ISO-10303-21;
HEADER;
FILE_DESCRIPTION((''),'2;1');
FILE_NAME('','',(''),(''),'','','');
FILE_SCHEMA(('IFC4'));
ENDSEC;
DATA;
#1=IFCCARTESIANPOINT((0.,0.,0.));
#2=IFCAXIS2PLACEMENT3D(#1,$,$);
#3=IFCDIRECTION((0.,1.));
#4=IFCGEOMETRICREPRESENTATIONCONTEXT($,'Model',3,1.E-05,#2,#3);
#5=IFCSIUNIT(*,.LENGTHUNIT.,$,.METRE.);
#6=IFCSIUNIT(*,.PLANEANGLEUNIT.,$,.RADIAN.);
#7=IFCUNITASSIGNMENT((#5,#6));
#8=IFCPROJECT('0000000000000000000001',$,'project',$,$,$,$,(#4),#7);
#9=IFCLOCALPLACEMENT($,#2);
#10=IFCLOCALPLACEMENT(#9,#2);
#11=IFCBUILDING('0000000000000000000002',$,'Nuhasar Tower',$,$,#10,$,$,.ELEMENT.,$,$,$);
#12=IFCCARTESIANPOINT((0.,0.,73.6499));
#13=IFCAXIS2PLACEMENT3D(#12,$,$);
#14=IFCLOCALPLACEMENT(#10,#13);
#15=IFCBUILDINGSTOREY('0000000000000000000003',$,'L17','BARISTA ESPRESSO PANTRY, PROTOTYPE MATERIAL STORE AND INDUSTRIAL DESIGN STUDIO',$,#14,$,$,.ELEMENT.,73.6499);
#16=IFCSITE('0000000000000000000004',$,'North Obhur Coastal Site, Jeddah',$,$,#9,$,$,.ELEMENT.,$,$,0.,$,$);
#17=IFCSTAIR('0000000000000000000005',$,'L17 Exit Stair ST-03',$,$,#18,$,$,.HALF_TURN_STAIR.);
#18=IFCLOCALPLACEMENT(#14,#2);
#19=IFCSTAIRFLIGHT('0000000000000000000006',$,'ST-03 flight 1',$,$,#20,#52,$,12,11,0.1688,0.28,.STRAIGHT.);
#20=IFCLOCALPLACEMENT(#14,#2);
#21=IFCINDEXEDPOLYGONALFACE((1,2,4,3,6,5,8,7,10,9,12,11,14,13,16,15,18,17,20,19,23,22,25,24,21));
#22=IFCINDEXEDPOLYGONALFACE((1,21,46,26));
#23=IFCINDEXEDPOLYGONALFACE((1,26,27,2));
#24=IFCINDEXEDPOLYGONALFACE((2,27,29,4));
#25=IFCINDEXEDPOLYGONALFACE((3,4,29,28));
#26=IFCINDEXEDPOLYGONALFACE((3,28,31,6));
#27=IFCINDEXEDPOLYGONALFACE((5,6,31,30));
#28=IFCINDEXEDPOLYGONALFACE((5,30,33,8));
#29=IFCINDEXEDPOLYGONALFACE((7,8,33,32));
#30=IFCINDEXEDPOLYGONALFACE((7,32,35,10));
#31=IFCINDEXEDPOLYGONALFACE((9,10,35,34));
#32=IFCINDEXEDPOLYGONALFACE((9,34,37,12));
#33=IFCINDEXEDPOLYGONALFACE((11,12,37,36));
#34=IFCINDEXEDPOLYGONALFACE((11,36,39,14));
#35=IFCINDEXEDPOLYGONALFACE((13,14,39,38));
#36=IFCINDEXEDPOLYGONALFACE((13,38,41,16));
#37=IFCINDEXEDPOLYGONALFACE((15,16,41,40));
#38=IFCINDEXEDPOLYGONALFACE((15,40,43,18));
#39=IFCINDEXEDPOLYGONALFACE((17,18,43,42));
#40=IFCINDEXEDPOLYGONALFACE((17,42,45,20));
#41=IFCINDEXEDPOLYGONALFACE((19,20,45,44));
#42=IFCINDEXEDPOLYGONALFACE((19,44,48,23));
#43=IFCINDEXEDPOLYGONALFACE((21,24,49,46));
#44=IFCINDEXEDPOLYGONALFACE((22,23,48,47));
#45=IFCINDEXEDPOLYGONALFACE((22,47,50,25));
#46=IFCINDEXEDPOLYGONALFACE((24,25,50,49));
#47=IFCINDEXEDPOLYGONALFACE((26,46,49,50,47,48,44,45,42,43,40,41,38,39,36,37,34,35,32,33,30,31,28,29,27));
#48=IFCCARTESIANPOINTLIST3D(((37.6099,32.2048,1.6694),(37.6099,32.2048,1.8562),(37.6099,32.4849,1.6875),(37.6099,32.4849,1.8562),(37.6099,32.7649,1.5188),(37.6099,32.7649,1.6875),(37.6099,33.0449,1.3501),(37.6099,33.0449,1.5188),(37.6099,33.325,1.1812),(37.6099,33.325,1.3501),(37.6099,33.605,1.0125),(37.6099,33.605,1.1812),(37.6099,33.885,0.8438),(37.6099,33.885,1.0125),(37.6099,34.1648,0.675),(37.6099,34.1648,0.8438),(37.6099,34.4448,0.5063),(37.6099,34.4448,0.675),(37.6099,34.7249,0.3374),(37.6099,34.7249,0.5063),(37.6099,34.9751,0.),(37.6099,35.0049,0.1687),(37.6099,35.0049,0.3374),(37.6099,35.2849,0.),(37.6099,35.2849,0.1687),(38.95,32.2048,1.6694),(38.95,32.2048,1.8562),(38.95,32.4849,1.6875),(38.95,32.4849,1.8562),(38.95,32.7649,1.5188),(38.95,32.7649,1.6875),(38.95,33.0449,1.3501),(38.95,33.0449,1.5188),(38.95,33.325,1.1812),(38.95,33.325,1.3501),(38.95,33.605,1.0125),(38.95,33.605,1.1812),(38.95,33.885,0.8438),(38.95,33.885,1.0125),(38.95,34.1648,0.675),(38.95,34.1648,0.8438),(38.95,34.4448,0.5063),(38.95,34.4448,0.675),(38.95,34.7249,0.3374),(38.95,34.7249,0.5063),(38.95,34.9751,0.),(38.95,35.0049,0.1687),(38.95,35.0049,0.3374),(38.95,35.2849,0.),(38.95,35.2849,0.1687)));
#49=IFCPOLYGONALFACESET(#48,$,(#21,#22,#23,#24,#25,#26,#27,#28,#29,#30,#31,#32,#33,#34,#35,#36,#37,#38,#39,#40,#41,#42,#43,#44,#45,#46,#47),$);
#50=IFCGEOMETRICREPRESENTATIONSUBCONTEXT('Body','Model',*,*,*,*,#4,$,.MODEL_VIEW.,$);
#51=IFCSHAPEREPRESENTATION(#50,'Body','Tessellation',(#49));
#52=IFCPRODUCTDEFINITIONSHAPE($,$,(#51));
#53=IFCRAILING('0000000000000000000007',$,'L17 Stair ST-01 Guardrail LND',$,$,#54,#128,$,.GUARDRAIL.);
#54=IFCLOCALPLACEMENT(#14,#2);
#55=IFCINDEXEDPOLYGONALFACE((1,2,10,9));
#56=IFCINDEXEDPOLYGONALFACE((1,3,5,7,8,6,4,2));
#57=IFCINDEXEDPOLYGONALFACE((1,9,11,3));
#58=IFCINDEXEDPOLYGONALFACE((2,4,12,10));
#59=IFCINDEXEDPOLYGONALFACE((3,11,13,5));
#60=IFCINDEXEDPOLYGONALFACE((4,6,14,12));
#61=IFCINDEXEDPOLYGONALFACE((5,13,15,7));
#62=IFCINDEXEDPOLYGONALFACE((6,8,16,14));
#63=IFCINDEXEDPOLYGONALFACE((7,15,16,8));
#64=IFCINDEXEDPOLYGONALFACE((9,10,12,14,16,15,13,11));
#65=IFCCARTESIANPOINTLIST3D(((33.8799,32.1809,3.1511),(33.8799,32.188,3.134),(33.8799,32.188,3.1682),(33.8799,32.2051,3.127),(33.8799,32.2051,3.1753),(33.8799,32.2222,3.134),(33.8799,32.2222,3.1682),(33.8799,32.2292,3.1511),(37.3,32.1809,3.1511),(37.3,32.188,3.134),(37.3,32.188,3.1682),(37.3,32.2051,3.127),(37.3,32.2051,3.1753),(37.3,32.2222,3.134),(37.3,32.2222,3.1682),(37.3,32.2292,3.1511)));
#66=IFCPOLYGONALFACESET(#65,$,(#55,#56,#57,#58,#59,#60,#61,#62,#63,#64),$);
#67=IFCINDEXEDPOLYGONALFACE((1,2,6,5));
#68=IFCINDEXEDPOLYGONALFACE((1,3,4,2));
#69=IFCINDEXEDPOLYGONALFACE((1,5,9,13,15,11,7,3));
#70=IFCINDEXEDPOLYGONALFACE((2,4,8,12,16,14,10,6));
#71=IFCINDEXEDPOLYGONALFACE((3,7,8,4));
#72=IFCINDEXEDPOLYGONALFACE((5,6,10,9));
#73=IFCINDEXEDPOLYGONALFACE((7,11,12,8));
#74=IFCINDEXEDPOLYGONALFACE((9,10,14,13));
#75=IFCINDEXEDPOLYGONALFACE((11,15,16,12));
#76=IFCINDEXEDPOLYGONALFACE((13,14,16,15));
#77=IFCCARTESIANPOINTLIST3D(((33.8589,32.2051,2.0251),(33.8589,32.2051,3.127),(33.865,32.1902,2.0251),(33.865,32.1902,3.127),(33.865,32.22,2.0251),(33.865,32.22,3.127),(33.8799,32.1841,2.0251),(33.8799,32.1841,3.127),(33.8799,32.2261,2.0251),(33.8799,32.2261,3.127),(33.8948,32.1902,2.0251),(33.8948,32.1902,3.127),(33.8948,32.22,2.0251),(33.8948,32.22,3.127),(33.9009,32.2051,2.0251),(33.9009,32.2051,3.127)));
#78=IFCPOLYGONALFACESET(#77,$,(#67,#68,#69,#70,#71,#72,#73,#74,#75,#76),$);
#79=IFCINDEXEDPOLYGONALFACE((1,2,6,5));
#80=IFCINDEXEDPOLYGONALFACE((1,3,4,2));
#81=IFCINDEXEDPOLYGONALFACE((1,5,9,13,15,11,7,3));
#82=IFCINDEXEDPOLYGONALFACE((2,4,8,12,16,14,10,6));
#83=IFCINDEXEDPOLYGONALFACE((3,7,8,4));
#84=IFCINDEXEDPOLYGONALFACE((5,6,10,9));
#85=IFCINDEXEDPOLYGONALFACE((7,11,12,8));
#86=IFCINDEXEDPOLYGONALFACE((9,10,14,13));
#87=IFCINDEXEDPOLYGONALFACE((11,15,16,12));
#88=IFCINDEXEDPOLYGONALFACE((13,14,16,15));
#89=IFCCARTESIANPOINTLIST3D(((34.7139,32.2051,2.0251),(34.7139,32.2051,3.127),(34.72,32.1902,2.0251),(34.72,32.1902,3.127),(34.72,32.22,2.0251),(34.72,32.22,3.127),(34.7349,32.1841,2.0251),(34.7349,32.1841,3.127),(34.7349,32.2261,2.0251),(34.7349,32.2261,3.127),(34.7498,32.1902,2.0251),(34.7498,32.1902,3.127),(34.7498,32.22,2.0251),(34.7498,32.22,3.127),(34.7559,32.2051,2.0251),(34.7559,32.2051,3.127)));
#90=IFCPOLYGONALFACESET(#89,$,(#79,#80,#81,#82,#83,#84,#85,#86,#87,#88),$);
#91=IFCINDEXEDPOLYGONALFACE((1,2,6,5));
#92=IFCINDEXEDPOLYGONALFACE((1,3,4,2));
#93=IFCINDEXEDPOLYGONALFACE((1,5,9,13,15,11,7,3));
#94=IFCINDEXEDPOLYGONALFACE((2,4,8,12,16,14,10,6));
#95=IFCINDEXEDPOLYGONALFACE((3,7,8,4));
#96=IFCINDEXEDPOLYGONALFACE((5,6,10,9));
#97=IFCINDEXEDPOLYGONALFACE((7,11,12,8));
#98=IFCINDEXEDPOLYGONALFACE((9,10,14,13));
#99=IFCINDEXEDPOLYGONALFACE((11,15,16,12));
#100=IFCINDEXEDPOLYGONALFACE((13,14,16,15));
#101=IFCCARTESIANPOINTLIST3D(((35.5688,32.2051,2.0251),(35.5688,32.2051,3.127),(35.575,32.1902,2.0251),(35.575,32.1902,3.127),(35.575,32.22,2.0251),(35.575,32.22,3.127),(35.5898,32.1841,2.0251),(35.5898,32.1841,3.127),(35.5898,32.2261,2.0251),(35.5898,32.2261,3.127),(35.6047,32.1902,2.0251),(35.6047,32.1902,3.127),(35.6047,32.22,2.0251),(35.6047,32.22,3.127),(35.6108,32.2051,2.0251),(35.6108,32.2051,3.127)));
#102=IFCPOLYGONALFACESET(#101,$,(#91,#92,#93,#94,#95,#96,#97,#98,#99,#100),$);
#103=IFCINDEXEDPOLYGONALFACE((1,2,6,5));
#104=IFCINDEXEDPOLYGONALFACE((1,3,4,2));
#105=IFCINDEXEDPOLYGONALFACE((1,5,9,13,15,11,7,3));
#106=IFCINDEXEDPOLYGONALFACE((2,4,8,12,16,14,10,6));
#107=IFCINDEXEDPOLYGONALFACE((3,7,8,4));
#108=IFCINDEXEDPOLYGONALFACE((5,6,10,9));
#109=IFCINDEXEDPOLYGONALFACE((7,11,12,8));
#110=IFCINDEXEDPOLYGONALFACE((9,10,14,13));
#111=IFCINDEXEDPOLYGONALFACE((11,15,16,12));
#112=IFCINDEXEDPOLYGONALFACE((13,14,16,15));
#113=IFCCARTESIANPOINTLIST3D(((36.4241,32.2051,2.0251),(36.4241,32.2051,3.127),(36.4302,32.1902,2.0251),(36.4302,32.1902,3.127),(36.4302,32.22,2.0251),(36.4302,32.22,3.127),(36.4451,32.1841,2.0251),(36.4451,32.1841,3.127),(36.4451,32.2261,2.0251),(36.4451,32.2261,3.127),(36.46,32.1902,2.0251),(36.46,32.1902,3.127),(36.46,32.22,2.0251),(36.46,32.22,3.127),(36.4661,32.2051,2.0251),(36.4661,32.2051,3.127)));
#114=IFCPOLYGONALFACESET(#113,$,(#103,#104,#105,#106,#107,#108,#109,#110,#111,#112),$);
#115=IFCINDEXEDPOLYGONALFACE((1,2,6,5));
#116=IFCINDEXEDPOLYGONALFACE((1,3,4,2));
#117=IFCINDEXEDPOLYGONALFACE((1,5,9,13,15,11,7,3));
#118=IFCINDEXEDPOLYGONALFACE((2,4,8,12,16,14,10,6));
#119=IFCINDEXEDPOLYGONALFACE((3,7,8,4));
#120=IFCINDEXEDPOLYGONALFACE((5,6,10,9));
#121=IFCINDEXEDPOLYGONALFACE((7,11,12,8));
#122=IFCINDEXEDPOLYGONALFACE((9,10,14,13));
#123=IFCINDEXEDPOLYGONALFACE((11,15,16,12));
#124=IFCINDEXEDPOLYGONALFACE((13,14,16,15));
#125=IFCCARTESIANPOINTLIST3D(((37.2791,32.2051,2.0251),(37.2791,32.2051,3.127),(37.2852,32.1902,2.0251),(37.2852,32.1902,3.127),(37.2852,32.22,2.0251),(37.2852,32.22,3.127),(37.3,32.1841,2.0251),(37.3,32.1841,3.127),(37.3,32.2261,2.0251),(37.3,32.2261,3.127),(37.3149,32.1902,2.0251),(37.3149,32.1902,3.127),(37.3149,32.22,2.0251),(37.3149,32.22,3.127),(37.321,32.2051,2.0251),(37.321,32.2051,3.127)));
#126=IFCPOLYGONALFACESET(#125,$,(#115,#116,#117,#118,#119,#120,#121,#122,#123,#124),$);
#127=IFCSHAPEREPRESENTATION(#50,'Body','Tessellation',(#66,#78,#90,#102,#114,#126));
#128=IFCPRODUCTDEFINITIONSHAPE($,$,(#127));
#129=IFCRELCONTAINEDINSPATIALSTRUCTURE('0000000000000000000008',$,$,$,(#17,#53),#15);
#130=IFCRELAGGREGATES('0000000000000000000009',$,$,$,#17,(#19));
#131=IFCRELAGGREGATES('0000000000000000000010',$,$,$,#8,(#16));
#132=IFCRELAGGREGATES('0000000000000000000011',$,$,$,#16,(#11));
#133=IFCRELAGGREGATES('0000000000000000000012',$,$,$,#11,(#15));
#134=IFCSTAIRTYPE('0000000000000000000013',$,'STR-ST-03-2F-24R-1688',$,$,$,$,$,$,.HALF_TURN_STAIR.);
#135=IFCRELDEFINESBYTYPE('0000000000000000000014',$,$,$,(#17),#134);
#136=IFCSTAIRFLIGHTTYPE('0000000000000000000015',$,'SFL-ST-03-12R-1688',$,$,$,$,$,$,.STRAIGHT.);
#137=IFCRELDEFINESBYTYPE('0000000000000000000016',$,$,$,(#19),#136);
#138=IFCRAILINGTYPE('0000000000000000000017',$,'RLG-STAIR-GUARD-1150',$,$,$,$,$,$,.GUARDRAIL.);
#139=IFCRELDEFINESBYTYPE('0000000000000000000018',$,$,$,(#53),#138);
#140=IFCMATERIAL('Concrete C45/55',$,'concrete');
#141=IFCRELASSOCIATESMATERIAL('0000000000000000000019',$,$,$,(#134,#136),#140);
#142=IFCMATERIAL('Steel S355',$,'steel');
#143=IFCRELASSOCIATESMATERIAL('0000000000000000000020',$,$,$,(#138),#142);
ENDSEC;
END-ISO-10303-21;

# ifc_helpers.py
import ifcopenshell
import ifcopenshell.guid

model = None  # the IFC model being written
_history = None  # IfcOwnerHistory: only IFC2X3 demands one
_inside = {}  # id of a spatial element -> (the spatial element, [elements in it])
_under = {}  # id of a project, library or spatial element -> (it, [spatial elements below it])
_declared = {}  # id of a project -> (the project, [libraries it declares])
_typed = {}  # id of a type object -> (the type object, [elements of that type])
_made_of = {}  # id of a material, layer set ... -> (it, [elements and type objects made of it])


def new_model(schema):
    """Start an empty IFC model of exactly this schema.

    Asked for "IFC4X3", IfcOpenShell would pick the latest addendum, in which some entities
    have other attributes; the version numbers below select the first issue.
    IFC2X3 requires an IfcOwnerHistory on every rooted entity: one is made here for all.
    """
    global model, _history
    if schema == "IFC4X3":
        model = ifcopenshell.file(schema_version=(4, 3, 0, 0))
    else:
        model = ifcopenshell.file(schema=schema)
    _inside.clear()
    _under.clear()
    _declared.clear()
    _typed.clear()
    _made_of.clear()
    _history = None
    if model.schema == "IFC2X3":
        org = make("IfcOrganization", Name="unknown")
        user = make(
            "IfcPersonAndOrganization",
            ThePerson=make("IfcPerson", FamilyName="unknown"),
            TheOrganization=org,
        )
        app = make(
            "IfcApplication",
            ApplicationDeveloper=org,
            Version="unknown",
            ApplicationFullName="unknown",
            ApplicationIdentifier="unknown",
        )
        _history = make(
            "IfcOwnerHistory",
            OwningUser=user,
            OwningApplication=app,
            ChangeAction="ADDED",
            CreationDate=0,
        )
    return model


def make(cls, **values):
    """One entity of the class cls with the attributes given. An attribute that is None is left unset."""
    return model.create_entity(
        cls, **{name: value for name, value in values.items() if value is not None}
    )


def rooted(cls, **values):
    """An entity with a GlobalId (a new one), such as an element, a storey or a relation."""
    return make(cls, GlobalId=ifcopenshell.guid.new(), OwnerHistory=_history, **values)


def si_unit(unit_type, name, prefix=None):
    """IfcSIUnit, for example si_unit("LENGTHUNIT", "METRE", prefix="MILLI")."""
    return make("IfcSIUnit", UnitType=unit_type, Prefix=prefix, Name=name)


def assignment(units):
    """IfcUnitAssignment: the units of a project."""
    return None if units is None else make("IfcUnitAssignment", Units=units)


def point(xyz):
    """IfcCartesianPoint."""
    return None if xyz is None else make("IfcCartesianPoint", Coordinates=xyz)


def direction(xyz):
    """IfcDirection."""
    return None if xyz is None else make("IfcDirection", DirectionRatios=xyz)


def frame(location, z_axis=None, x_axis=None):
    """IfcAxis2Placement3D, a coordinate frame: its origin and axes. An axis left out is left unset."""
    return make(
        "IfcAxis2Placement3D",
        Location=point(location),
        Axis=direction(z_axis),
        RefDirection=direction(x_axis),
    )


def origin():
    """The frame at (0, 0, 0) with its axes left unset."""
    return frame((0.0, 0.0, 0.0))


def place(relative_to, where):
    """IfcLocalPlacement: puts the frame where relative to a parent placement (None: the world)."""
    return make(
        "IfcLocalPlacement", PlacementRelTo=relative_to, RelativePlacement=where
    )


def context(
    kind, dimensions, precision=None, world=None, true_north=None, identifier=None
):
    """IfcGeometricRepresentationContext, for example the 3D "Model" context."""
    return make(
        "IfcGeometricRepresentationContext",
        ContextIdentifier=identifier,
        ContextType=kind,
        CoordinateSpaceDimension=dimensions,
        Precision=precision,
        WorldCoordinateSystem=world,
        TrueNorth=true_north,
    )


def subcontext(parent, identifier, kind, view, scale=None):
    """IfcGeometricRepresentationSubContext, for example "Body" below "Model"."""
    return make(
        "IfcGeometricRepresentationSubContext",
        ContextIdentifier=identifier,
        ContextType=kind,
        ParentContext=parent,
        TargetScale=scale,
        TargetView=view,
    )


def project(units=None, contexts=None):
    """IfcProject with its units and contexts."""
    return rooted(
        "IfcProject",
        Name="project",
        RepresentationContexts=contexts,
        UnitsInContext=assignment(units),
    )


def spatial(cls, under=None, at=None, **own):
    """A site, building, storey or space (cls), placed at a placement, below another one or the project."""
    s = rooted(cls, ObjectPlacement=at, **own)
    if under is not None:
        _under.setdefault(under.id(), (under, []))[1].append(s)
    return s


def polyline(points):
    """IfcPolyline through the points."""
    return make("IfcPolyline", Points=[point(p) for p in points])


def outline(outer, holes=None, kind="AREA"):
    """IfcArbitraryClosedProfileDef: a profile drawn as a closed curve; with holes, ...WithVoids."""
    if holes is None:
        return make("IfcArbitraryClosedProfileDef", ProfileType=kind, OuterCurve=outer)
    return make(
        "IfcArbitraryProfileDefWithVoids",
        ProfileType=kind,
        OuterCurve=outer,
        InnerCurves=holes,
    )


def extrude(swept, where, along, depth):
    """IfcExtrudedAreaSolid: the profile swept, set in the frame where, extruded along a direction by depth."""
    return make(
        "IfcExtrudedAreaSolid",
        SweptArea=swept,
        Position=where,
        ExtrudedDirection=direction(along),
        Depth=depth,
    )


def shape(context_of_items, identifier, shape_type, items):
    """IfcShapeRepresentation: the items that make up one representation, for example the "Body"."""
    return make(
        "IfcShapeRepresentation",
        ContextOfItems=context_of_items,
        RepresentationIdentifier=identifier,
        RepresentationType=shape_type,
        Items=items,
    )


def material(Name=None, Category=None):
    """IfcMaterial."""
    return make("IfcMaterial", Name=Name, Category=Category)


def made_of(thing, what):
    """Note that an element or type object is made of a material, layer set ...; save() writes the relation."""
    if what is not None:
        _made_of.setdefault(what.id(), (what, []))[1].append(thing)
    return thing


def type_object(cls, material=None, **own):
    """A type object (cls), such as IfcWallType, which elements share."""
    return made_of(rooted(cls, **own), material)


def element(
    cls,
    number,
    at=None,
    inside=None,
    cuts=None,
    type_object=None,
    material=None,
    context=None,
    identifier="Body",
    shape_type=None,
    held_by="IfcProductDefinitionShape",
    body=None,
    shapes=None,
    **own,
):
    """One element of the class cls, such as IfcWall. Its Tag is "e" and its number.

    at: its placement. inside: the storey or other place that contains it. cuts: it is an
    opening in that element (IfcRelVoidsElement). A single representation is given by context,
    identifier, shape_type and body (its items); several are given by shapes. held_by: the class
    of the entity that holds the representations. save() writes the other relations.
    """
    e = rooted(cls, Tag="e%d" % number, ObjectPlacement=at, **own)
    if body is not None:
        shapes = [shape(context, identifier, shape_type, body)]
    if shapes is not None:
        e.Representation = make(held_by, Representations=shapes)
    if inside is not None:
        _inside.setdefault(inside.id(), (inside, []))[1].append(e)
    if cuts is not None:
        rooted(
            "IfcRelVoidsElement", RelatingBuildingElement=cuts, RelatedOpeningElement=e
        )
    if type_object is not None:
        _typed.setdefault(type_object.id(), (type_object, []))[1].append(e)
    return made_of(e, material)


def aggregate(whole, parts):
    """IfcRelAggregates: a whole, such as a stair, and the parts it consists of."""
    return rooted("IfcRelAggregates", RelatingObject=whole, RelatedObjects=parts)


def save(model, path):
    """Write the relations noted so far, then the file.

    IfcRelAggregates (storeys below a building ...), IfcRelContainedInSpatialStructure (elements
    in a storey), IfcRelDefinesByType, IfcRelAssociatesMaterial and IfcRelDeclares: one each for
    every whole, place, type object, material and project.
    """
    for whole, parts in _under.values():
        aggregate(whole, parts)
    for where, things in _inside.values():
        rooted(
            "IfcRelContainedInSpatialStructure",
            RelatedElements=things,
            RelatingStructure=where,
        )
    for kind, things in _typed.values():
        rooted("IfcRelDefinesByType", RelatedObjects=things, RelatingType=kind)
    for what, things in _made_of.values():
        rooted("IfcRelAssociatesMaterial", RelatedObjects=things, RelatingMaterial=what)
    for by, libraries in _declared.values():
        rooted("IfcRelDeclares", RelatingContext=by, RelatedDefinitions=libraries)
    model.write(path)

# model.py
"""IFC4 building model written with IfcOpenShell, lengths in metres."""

from ifc_helpers import new_model, si_unit, direction, frame, origin, place, context, subcontext, project, spatial, polyline, outline, extrude, material, type_object, element, aggregate, save


model = new_model("IFC4")

# Units and contexts
model_context = context("Model", 3, precision=1e-05, world=origin(), true_north=direction((0.0, 1.0)))
body_context = subcontext(model_context, "Body", "Model", "MODEL_VIEW")
ifc_project = project(units=[si_unit("LENGTHUNIT", "METRE"), si_unit("PLANEANGLEUNIT", "RADIAN")], contexts=[model_context])

# Site, building, storey
site_placement = place(None, origin())
site = spatial("IfcSite", under=ifc_project, at=site_placement, Name="North Obhur Coastal Site, Jeddah", CompositionType="ELEMENT", RefElevation=0.0)
building_placement = place(site_placement, origin())
building = spatial("IfcBuilding", under=site, at=building_placement, Name="Nuhasar Tower", CompositionType="ELEMENT")
storey_placement = place(building_placement, frame((0.0, 0.0, 73.6499)))
storey = spatial("IfcBuildingStorey", under=building, at=storey_placement, Name="L17", Description="BARISTA ESPRESSO PANTRY, PROTOTYPE MATERIAL STORE AND INDUSTRIAL DESIGN STUDIO", CompositionType="ELEMENT", Elevation=73.6499)

# Shared definitions
ifc_material_1 = material(Name="Steel S355", Category="steel")

# Shared definitions
ifc_material_2 = material(Name="Concrete C45/55", Category="concrete")

# Stair, stair flight
stair_type_1 = type_object("IfcStairType", Name="STR-ST-03-2F-24R-1688", PredefinedType="HALF_TURN_STAIR", material=ifc_material_2)
stair_1_placement = place(storey_placement, origin())
stair_1 = element("IfcStair", 1, at=stair_1_placement, inside=storey, type_object=stair_type_1, Name="L17 Exit Stair ST-03", PredefinedType="HALF_TURN_STAIR")
stair_flight_type_1 = type_object("IfcStairFlightType", Name="SFL-ST-03-12R-1688", PredefinedType="STRAIGHT", material=ifc_material_2)
stair_flight_1_placement = place(storey_placement, frame((38.28, 35.2849, 0.0), z_axis=(0.0, 0.0, 1.0), x_axis=(0.0, -1.0, 0.0)))
stair_flight_1 = element("IfcStairFlight", 2, at=stair_flight_1_placement, type_object=stair_flight_type_1, Name="ST-03 flight 1", NumberOfRisers=12, NumberOfTreads=11, PredefinedType="STRAIGHT", RiserHeight=0.1688, TreadLength=0.28, context=body_context, shape_type="SweptSolid", body=[
    extrude(outline(polyline([(0.0, 0.0), (0.0, 0.1687), (0.28, 0.1687), (0.28, 0.3374), (0.5601, 0.3374), (0.5601, 0.5063), (0.8401, 0.5063), (0.8401, 0.675), (1.1201, 0.675), (1.1201, 0.8438), (1.3999, 0.8438), (1.3999, 1.0125), (1.6799, 1.0125), (1.6799, 1.1812), (1.96, 1.1812), (1.96, 1.3501), (2.24, 1.3501), (2.24, 1.5188), (2.52, 1.5188), (2.52, 1.6875), (2.8, 1.6875), (2.8, 1.8562), (3.0801, 1.8562), (3.0801, 2.0249), (3.0801, 1.6694), (0.3098, 0.0), (0.0, 0.0)])), frame((0.0, 0.6699, 0.0), z_axis=(0.0, -1.0, 0.0), x_axis=(1.0, 0.0, 0.0)), (0.0, 0.0, 1.0), 1.3401),
])
aggregate(stair_1, [stair_flight_1])

# Railing
railing_type_1 = type_object("IfcRailingType", Name="RLG-STAIR-GUARD-1150", PredefinedType="GUARDRAIL", material=ifc_material_1)
railing_1_placement = place(storey_placement, frame((33.8799, 32.2051, 2.0251)))
element("IfcRailing", 3, at=railing_1_placement, inside=storey, type_object=railing_type_1, Name="L17 Stair ST-01 Guardrail LND", PredefinedType="GUARDRAIL", context=body_context, shape_type="SweptSolid", body=[
    extrude(outline(polyline([(0.0242, 0.0), (0.0171, 0.0171), (0.0, 0.0242), (-0.0171, 0.0171), (-0.0242, 0.0), (-0.0171, -0.0171), (0.0, -0.0242), (0.0171, -0.0171), (0.0242, 0.0)])), frame((0.0, 0.0, 1.126), z_axis=(1.0, 0.0, 0.0), x_axis=(0.0, 1.0, 0.0)), (0.0, 0.0, 1.0), 3.4202),
    extrude(outline(polyline([(0.021, 0.0), (0.0149, 0.0149), (0.0, 0.021), (-0.0149, 0.0149), (-0.021, 0.0), (-0.0149, -0.0149), (0.0, -0.021), (0.0149, -0.0149), (0.021, 0.0)])), origin(), (0.0, 0.0, 1.0), 1.1018),
    extrude(outline(polyline([(0.021, 0.0), (0.0149, 0.0149), (0.0, 0.021), (-0.0149, 0.0149), (-0.021, 0.0), (-0.0149, -0.0149), (0.0, -0.021), (0.0149, -0.0149), (0.021, 0.0)])), frame((0.855, 0.0, 0.0)), (0.0, 0.0, 1.0), 1.1018),
    extrude(outline(polyline([(0.021, 0.0), (0.0149, 0.0149), (0.0, 0.021), (-0.0149, 0.0149), (-0.021, 0.0), (-0.0149, -0.0149), (0.0, -0.021), (0.0149, -0.0149), (0.021, 0.0)])), frame((1.71, 0.0, 0.0)), (0.0, 0.0, 1.0), 1.1018),
    extrude(outline(polyline([(0.021, 0.0), (0.0149, 0.0149), (0.0, 0.021), (-0.0149, 0.0149), (-0.021, 0.0), (-0.0149, -0.0149), (0.0, -0.021), (0.0149, -0.0149), (0.021, 0.0)])), frame((2.5652, 0.0, 0.0)), (0.0, 0.0, 1.0), 1.1018),
    extrude(outline(polyline([(0.021, 0.0), (0.0149, 0.0149), (0.0, 0.021), (-0.0149, 0.0149), (-0.021, 0.0), (-0.0149, -0.0149), (0.0, -0.021), (0.0149, -0.0149), (0.021, 0.0)])), frame((3.4202, 0.0, 0.0)), (0.0, 0.0, 1.0), 1.1018),
])

save(model, "model.ifc")
